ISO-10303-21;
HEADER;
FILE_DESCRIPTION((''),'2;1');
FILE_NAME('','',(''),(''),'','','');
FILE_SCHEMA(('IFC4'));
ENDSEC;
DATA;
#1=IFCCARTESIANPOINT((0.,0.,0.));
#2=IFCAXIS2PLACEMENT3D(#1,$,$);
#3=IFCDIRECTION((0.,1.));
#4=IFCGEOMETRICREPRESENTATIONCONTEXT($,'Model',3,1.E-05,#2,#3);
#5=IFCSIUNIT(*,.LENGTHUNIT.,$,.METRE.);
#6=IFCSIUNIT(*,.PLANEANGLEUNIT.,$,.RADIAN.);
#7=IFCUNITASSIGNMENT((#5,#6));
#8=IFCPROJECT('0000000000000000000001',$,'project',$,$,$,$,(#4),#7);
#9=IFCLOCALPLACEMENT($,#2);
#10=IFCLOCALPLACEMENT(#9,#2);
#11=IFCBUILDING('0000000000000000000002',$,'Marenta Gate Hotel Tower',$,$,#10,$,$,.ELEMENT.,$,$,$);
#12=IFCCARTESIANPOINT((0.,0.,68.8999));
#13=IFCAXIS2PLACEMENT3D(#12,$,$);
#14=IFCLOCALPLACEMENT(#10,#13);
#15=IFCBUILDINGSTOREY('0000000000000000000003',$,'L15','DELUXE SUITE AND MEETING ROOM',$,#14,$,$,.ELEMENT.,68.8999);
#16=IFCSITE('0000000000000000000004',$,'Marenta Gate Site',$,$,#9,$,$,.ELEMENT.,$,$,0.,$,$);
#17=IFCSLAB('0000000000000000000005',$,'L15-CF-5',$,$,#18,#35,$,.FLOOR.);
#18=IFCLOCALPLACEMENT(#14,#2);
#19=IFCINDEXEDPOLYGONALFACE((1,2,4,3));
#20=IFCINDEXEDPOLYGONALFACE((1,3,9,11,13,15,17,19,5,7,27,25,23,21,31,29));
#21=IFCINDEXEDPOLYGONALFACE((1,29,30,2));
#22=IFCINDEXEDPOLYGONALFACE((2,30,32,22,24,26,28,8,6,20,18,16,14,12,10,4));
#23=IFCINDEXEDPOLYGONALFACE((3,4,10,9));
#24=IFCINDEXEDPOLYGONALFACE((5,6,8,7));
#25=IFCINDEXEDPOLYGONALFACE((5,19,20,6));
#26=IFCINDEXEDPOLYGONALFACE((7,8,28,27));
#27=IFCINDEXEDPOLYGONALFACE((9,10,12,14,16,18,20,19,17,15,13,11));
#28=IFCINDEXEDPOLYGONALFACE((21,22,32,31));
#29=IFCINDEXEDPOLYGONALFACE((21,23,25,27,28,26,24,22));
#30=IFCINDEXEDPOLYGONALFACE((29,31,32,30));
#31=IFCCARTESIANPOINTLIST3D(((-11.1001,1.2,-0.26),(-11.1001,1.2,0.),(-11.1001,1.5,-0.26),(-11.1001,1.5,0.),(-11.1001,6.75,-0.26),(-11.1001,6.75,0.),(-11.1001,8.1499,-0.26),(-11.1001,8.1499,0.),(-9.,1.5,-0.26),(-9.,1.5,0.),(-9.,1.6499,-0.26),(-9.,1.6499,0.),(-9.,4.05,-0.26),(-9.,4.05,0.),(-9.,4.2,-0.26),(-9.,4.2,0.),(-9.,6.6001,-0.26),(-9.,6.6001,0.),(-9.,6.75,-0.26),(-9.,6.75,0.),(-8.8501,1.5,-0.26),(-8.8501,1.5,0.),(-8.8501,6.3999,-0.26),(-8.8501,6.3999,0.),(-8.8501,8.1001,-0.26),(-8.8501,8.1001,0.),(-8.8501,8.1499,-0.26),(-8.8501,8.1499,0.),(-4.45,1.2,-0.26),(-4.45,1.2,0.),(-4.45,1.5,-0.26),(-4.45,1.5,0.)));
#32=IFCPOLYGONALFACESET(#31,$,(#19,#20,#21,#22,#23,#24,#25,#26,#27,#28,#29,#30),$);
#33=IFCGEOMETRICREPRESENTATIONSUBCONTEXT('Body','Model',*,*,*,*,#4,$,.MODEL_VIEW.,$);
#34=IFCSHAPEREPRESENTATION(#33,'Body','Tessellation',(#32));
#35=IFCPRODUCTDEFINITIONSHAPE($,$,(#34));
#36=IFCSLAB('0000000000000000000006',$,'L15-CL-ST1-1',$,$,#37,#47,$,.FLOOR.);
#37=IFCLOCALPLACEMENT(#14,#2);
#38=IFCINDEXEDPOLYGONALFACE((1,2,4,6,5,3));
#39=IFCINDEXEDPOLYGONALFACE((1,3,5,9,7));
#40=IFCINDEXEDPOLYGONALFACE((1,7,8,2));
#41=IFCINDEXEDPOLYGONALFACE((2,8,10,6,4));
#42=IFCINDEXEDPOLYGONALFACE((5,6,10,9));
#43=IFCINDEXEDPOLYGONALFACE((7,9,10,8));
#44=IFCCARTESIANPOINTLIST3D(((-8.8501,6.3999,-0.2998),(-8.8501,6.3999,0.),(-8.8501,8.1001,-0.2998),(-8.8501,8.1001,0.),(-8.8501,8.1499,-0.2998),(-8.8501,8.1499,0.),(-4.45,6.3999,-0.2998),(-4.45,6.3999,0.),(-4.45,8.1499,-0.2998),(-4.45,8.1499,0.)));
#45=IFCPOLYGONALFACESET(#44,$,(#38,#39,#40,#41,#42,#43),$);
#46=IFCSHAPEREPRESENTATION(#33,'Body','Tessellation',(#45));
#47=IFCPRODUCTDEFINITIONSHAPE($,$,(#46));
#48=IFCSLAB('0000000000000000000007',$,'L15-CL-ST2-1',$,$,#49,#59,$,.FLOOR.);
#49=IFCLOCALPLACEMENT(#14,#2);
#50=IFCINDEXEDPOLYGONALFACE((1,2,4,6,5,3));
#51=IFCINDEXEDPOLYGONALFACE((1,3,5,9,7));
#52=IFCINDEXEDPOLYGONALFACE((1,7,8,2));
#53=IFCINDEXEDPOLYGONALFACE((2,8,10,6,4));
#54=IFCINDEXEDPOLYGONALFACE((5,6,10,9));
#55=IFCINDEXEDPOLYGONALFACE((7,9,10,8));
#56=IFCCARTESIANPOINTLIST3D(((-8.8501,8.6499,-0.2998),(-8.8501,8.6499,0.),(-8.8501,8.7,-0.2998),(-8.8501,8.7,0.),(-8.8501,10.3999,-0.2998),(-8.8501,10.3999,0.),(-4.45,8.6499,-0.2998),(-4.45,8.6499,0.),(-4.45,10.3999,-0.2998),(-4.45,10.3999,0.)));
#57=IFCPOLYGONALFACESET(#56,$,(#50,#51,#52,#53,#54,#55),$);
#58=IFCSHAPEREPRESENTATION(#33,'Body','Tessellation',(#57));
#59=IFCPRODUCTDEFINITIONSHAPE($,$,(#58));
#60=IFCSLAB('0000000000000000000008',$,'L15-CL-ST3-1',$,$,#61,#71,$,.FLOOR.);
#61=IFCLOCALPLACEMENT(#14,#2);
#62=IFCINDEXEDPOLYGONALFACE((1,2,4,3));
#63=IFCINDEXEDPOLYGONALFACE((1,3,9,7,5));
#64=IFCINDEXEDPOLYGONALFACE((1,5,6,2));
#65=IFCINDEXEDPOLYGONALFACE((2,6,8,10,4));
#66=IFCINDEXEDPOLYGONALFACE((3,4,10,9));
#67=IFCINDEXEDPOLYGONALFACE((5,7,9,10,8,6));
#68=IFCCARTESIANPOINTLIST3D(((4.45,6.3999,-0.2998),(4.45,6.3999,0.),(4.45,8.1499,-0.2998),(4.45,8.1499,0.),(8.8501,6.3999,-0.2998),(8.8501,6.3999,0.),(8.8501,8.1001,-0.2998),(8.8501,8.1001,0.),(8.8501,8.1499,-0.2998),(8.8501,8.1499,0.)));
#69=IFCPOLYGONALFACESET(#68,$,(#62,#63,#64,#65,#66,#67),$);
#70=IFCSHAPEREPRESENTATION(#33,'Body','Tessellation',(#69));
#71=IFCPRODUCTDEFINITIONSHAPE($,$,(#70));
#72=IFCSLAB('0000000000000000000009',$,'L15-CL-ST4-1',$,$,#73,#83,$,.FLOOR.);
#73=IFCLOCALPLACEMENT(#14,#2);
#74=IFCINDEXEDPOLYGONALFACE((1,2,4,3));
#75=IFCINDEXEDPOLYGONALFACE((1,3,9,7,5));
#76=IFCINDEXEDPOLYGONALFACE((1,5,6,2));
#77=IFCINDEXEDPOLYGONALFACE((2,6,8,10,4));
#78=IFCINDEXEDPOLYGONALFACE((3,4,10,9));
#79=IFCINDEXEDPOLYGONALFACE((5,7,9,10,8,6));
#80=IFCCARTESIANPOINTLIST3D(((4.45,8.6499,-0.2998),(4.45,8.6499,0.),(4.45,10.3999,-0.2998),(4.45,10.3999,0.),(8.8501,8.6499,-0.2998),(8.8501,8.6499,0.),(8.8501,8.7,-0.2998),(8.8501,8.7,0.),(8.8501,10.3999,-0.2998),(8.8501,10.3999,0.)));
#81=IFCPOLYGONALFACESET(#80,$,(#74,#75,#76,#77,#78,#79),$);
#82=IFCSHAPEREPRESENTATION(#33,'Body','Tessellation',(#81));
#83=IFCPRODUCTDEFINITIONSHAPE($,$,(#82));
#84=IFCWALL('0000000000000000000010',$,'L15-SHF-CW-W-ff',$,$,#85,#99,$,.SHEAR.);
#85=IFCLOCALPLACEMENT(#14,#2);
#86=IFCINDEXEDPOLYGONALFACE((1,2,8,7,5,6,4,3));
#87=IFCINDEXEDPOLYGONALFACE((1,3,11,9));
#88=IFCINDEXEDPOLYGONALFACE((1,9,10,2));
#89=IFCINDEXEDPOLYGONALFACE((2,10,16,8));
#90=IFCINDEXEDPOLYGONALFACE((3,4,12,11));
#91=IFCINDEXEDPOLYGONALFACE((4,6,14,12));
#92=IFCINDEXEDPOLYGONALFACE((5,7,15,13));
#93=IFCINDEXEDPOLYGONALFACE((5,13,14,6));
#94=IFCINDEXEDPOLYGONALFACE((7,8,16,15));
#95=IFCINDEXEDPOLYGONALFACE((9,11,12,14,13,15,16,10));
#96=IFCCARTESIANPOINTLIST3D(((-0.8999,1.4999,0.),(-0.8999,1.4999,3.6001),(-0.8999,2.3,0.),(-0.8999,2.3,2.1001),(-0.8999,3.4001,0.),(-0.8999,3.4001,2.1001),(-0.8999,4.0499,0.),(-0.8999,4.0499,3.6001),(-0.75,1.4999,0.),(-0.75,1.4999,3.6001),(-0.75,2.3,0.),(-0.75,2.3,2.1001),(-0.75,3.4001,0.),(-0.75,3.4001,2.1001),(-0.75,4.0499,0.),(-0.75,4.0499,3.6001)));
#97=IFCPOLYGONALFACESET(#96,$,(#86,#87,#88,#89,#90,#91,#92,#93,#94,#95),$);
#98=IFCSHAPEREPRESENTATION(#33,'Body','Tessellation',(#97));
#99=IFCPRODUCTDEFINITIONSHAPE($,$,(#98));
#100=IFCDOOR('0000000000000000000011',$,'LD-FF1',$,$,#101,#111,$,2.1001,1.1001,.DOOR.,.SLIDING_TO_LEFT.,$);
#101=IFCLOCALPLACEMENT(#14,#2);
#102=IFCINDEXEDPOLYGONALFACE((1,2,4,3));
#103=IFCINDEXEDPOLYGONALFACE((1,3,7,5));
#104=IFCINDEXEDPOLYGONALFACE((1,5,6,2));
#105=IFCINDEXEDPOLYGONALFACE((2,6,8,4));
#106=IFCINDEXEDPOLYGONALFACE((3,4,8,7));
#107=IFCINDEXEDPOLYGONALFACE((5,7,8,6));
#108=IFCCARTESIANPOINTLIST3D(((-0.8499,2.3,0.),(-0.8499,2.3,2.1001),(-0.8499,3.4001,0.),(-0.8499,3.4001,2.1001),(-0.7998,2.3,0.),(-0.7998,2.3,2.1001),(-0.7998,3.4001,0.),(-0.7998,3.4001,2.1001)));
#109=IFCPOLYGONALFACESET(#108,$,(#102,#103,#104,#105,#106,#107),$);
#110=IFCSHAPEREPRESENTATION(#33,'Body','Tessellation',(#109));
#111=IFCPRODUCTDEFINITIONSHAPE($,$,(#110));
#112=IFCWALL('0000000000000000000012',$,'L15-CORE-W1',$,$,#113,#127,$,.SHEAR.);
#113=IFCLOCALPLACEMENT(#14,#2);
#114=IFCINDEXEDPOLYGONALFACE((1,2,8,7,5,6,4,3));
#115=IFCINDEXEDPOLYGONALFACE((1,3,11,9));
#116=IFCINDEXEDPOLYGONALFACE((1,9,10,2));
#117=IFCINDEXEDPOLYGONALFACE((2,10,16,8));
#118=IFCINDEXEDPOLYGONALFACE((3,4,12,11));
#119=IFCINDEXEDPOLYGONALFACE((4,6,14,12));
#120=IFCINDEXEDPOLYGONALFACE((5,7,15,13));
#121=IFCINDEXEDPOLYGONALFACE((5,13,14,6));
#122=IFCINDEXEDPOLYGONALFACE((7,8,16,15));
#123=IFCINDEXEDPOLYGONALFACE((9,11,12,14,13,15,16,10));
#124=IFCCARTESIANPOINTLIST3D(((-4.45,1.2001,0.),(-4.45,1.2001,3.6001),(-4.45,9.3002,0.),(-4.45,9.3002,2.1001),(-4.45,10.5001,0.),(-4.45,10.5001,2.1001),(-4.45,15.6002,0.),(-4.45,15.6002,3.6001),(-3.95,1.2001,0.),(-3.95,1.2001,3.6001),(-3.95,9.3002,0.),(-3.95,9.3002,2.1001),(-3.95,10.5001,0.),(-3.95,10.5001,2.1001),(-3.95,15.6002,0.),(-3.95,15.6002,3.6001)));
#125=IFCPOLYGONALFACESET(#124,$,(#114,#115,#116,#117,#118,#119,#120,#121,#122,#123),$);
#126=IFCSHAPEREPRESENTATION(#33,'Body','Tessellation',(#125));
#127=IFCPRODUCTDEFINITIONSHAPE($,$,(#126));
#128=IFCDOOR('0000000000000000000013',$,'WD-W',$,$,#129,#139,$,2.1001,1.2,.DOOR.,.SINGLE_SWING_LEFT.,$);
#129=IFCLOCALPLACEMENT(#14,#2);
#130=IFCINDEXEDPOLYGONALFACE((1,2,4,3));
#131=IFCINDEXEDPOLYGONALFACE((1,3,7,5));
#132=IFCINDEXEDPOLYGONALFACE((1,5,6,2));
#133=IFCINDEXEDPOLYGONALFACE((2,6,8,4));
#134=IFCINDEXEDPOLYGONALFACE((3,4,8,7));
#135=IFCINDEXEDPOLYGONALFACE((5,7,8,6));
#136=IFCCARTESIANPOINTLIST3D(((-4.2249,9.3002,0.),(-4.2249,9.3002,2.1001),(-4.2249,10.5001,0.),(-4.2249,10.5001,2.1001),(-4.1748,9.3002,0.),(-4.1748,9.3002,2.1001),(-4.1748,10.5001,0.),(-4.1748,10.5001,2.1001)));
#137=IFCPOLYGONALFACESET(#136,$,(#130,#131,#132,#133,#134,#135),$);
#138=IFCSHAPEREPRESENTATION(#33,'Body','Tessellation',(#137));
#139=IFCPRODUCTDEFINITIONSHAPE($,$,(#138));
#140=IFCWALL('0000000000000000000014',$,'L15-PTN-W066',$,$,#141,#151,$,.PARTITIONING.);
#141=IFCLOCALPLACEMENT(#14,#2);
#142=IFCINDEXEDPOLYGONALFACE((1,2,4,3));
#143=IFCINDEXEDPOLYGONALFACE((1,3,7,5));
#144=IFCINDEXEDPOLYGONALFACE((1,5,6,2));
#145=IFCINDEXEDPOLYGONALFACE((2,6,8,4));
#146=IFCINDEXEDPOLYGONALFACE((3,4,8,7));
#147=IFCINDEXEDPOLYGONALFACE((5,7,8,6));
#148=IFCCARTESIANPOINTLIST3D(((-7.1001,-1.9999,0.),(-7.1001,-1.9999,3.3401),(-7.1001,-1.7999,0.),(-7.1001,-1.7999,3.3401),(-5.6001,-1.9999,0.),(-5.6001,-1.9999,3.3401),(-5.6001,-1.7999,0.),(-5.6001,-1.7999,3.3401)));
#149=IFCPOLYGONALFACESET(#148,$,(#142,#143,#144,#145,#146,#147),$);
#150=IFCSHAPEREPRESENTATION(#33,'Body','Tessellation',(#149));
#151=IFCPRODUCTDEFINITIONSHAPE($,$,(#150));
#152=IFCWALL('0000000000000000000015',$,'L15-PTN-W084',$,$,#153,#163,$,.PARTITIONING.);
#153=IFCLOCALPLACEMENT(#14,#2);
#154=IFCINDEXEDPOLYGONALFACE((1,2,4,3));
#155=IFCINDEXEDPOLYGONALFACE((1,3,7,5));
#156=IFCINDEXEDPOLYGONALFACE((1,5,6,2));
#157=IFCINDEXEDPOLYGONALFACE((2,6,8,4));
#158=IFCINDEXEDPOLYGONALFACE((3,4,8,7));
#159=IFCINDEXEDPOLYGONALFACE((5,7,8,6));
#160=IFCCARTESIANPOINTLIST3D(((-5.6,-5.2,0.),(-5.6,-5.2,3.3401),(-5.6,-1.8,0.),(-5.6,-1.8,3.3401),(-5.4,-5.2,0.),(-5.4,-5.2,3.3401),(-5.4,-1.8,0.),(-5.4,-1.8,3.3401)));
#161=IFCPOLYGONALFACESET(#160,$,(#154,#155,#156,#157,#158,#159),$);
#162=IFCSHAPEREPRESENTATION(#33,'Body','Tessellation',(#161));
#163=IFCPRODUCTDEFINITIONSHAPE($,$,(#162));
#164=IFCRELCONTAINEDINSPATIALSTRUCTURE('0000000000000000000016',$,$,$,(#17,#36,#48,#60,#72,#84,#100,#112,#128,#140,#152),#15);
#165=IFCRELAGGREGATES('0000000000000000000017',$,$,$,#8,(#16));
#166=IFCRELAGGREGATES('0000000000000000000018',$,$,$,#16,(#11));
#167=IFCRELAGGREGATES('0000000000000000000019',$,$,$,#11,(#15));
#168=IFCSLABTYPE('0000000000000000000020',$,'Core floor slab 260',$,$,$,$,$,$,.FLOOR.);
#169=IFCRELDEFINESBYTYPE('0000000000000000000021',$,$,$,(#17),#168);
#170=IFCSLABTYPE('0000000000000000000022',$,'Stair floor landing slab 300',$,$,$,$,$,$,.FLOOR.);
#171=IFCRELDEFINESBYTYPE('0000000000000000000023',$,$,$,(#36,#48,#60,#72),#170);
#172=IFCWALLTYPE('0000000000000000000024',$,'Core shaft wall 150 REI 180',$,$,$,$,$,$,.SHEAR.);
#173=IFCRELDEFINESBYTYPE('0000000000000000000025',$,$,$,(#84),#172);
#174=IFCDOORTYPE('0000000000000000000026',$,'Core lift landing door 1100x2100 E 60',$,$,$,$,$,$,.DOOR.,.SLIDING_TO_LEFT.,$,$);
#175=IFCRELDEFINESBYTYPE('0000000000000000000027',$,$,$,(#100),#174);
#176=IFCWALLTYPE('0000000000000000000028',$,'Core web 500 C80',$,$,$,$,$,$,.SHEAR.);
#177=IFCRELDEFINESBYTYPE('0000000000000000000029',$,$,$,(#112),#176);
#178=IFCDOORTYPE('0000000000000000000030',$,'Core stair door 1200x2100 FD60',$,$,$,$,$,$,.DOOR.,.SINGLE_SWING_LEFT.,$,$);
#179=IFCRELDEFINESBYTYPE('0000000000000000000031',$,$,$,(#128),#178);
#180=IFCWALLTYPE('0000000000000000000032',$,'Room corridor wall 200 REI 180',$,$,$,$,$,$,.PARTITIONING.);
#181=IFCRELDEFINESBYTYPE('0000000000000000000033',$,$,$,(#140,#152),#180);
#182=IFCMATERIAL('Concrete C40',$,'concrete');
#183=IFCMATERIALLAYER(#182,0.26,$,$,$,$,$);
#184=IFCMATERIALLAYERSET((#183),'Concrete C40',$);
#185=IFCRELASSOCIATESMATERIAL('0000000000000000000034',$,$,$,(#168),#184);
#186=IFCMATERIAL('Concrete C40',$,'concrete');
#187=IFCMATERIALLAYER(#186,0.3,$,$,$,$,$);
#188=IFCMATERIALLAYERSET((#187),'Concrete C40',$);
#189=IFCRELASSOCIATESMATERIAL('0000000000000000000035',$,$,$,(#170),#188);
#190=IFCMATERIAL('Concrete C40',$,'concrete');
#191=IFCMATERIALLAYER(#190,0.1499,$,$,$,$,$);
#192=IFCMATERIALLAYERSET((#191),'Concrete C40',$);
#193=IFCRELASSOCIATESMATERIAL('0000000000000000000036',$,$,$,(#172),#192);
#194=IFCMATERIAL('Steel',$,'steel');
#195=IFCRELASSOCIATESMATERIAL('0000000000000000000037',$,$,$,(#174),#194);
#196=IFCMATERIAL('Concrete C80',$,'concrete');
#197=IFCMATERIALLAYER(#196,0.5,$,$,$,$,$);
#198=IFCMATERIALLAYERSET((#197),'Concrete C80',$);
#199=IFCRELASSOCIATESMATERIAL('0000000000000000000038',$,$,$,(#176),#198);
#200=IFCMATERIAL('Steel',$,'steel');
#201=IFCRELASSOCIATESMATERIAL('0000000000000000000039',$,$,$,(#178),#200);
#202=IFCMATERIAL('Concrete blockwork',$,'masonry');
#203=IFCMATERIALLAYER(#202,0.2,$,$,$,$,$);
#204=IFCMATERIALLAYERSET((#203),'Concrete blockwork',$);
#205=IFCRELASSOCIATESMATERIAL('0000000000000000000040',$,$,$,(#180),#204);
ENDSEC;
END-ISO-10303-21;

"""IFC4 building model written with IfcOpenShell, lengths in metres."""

from ifc_helpers import new_model, si_unit, direction, frame, frame_2d, origin, place, context, subcontext, project, spatial, polyline, rectangle, outline, extrude, material, layer, layer_set, type_object, element, fill, save


model = new_model("IFC4")

# Units and contexts
model_context = context("Model", 3, precision=1e-05, world=origin(), true_north=direction((0.0, 1.0)))
body_context = subcontext(model_context, "Body", "Model", "MODEL_VIEW")
ifc_project = project(units=[si_unit("LENGTHUNIT", "METRE"), si_unit("PLANEANGLEUNIT", "RADIAN")], contexts=[model_context])

# Site, building, storey
site_placement = place(None, origin())
site = spatial("IfcSite", under=ifc_project, at=site_placement, Name="Marenta Gate Site", CompositionType="ELEMENT", RefElevation=0.0)
building_placement = place(site_placement, origin())
building = spatial("IfcBuilding", under=site, at=building_placement, Name="Marenta Gate Hotel Tower", CompositionType="ELEMENT")
storey_placement = place(building_placement, frame((0.0, 0.0, 68.8999)))
storey = spatial("IfcBuildingStorey", under=building, at=storey_placement, Name="L15", Description="DELUXE SUITE AND MEETING ROOM", CompositionType="ELEMENT", Elevation=68.8999)

# Slabs
ifc_material_1 = material(Name="Concrete C40", Category="concrete")
ifc_layer_1 = layer(ifc_material_1, 0.26)
ifc_layer_set_1 = layer_set([ifc_layer_1], Name="Concrete C40")
slab_type_1 = type_object("IfcSlabType", Name="Core floor slab 260", PredefinedType="FLOOR", material=ifc_layer_set_1)
slab_1_placement = place(storey_placement, frame((0.0, 0.0, -0.26)))
element("IfcSlab", 1, at=slab_1_placement, inside=storey, type_object=slab_type_1, Name="L15-CF-5", PredefinedType="FLOOR", context=body_context, shape_type="SweptSolid", body=[
    extrude(outline(polyline([(-9.0, 1.5), (-9.0, 1.6499), (-9.0, 4.05), (-9.0, 4.2), (-9.0, 6.6001), (-9.0, 6.75), (-11.1001, 6.75), (-11.1001, 8.1499), (-8.8501, 8.1499), (-8.8501, 8.1001), (-8.8501, 6.3999), (-8.8501, 1.5), (-4.45, 1.5), (-4.45, 1.2), (-11.1001, 1.2), (-11.1001, 1.5), (-9.0, 1.5)])), origin(), (0.0, 0.0, 1.0), 0.26),
])
ifc_material_2 = material(Name="Concrete C40", Category="concrete")
ifc_layer_2 = layer(ifc_material_2, 0.3)
ifc_layer_set_2 = layer_set([ifc_layer_2], Name="Concrete C40")
slab_type_2 = type_object("IfcSlabType", Name="Stair floor landing slab 300", PredefinedType="FLOOR", material=ifc_layer_set_2)
slab_2_placement = place(storey_placement, frame((0.0, 0.0, -0.2998)))
element("IfcSlab", 2, at=slab_2_placement, inside=storey, type_object=slab_type_2, Name="L15-CL-ST1-1", PredefinedType="FLOOR", context=body_context, shape_type="SweptSolid", body=[
    extrude(outline(polyline([(-4.45, 6.3999), (-8.8501, 6.3999), (-8.8501, 8.1001), (-8.8501, 8.1499), (-4.45, 8.1499), (-4.45, 6.3999)])), origin(), (0.0, 0.0, 1.0), 0.2998),
])
slab_3_placement = place(storey_placement, frame((0.0, 0.0, -0.2998)))
element("IfcSlab", 3, at=slab_3_placement, inside=storey, type_object=slab_type_2, Name="L15-CL-ST2-1", PredefinedType="FLOOR", context=body_context, shape_type="SweptSolid", body=[
    extrude(outline(polyline([(-4.45, 8.6499), (-8.8501, 8.6499), (-8.8501, 8.7), (-8.8501, 10.3999), (-4.45, 10.3999), (-4.45, 8.6499)])), origin(), (0.0, 0.0, 1.0), 0.2998),
])
slab_4_placement = place(storey_placement, frame((0.0, 0.0, -0.2998)))
element("IfcSlab", 4, at=slab_4_placement, inside=storey, type_object=slab_type_2, Name="L15-CL-ST3-1", PredefinedType="FLOOR", context=body_context, shape_type="SweptSolid", body=[
    extrude(outline(polyline([(4.45, 6.3999), (4.45, 8.1499), (8.8501, 8.1499), (8.8501, 8.1001), (8.8501, 6.3999), (4.45, 6.3999)])), origin(), (0.0, 0.0, 1.0), 0.2998),
])
slab_5_placement = place(storey_placement, frame((0.0, 0.0, -0.2998)))
element("IfcSlab", 5, at=slab_5_placement, inside=storey, type_object=slab_type_2, Name="L15-CL-ST4-1", PredefinedType="FLOOR", context=body_context, shape_type="SweptSolid", body=[
    extrude(outline(polyline([(4.45, 8.6499), (4.45, 10.3999), (8.8501, 10.3999), (8.8501, 8.7), (8.8501, 8.6499), (4.45, 8.6499)])), origin(), (0.0, 0.0, 1.0), 0.2998),
])

# Walls, openings, doors
ifc_material_3 = material(Name="Concrete C40", Category="concrete")
ifc_layer_3 = layer(ifc_material_3, 0.1499)
ifc_layer_set_3 = layer_set([ifc_layer_3], Name="Concrete C40")
wall_type_1 = type_object("IfcWallType", Name="Core shaft wall 150 REI 180", PredefinedType="SHEAR", material=ifc_layer_set_3)
wall_1_placement = place(storey_placement, frame((-0.825, 1.5, 0.0), z_axis=(0.0, 0.0, 1.0), x_axis=(0.0, 1.0, 0.0)))
wall_1 = element("IfcWall", 6, at=wall_1_placement, inside=storey, type_object=wall_type_1, Name="L15-SHF-CW-W-ff", PredefinedType="SHEAR", context=body_context, shape_type="SweptSolid", body=[
    extrude(rectangle(XDim=2.55, YDim=0.1499, at=frame_2d((1.2749, 0.0))), origin(), (0.0, 0.0, 1.0), 3.6001),
])
opening_1_placement = place(wall_1_placement, frame((0.8, 0.0, 0.0)))
opening_1 = element("IfcOpeningElement", 7, at=opening_1_placement, cuts=wall_1, PredefinedType="OPENING", context=body_context, shape_type="SweptSolid", body=[
    extrude(rectangle(XDim=1.1001, YDim=2.1001, at=frame_2d((0.55, 1.05))), frame((0.0, 0.075, 0.0), z_axis=(0.0, -1.0, 0.0), x_axis=(1.0, 0.0, 0.0)), (0.0, 0.0, 1.0), 0.1499),
])
ifc_material_4 = material(Name="Steel", Category="steel")
door_type_1 = type_object("IfcDoorType", Name="Core lift landing door 1100x2100 E 60", OperationType="SLIDING_TO_LEFT", PredefinedType="DOOR", material=ifc_material_4)
door_1_placement = place(opening_1_placement, origin())
door_1 = element("IfcDoor", 8, at=door_1_placement, inside=storey, type_object=door_type_1, Name="LD-FF1", OperationType="SLIDING_TO_LEFT", OverallHeight=2.1001, OverallWidth=1.1001, PredefinedType="DOOR", context=body_context, shape_type="SweptSolid", body=[
    extrude(rectangle(XDim=1.1001, YDim=2.1001, at=frame_2d((0.55, 1.05))), frame((0.0, 0.0249, 0.0), z_axis=(0.0, -1.0, 0.0), x_axis=(1.0, 0.0, 0.0)), (0.0, 0.0, 1.0), 0.05),
])
fill(opening_1, door_1)
ifc_material_5 = material(Name="Concrete C80", Category="concrete")
ifc_layer_4 = layer(ifc_material_5, 0.5)
ifc_layer_set_4 = layer_set([ifc_layer_4], Name="Concrete C80")
wall_type_2 = type_object("IfcWallType", Name="Core web 500 C80", PredefinedType="SHEAR", material=ifc_layer_set_4)
wall_2_placement = place(storey_placement, frame((-4.2, 1.2, 0.0), z_axis=(0.0, 0.0, 1.0), x_axis=(0.0, 1.0, 0.0)))
wall_2 = element("IfcWall", 9, at=wall_2_placement, inside=storey, type_object=wall_type_2, Name="L15-CORE-W1", PredefinedType="SHEAR", context=body_context, shape_type="SweptSolid", body=[
    extrude(rectangle(XDim=14.4001, YDim=0.5, at=frame_2d((7.2002, 0.0))), origin(), (0.0, 0.0, 1.0), 3.6001),
])
opening_2_placement = place(wall_2_placement, frame((8.1001, 0.0, 0.0)))
opening_2 = element("IfcOpeningElement", 10, at=opening_2_placement, cuts=wall_2, PredefinedType="OPENING", context=body_context, shape_type="SweptSolid", body=[
    extrude(rectangle(XDim=1.2, YDim=2.1001, at=frame_2d((0.6001, 1.05))), frame((0.0, 0.25, 0.0), z_axis=(0.0, -1.0, 0.0), x_axis=(1.0, 0.0, 0.0)), (0.0, 0.0, 1.0), 0.5),
])
ifc_material_6 = material(Name="Steel", Category="steel")
door_type_2 = type_object("IfcDoorType", Name="Core stair door 1200x2100 FD60", OperationType="SINGLE_SWING_LEFT", PredefinedType="DOOR", material=ifc_material_6)
door_2_placement = place(opening_2_placement, origin())
door_2 = element("IfcDoor", 11, at=door_2_placement, inside=storey, type_object=door_type_2, Name="WD-W", OperationType="SINGLE_SWING_LEFT", OverallHeight=2.1001, OverallWidth=1.2, PredefinedType="DOOR", context=body_context, shape_type="SweptSolid", body=[
    extrude(rectangle(XDim=1.2, YDim=2.1001, at=frame_2d((0.6001, 1.05))), frame((0.0, 0.0249, 0.0), z_axis=(0.0, -1.0, 0.0), x_axis=(1.0, 0.0, 0.0)), (0.0, 0.0, 1.0), 0.05),
])
fill(opening_2, door_2)

# Walls
ifc_material_7 = material(Name="Concrete blockwork", Category="masonry")
ifc_layer_5 = layer(ifc_material_7, 0.2)
ifc_layer_set_5 = layer_set([ifc_layer_5], Name="Concrete blockwork")
wall_type_3 = type_object("IfcWallType", Name="Room corridor wall 200 REI 180", PredefinedType="PARTITIONING", material=ifc_layer_set_5)
wall_3_placement = place(storey_placement, frame((-7.1001, -1.8999, 0.0), z_axis=(0.0, 0.0, 1.0), x_axis=(1.0, 0.0, 0.0)))
element("IfcWall", 12, at=wall_3_placement, inside=storey, type_object=wall_type_3, Name="L15-PTN-W066", PredefinedType="PARTITIONING", context=body_context, shape_type="SweptSolid", body=[
    extrude(rectangle(XDim=1.5, YDim=0.2, at=frame_2d((0.75, 0.0))), origin(), (0.0, 0.0, 1.0), 3.3401),
])
wall_4_placement = place(storey_placement, frame((-5.5, -5.2, 0.0), z_axis=(0.0, 0.0, 1.0), x_axis=(0.0, 1.0, 0.0)))
element("IfcWall", 13, at=wall_4_placement, inside=storey, type_object=wall_type_3, Name="L15-PTN-W084", PredefinedType="PARTITIONING", context=body_context, shape_type="SweptSolid", body=[
    extrude(rectangle(XDim=3.3999, YDim=0.2, at=frame_2d((1.7, 0.0))), origin(), (0.0, 0.0, 1.0), 3.3401),
])

save(model, "model.ifc")
